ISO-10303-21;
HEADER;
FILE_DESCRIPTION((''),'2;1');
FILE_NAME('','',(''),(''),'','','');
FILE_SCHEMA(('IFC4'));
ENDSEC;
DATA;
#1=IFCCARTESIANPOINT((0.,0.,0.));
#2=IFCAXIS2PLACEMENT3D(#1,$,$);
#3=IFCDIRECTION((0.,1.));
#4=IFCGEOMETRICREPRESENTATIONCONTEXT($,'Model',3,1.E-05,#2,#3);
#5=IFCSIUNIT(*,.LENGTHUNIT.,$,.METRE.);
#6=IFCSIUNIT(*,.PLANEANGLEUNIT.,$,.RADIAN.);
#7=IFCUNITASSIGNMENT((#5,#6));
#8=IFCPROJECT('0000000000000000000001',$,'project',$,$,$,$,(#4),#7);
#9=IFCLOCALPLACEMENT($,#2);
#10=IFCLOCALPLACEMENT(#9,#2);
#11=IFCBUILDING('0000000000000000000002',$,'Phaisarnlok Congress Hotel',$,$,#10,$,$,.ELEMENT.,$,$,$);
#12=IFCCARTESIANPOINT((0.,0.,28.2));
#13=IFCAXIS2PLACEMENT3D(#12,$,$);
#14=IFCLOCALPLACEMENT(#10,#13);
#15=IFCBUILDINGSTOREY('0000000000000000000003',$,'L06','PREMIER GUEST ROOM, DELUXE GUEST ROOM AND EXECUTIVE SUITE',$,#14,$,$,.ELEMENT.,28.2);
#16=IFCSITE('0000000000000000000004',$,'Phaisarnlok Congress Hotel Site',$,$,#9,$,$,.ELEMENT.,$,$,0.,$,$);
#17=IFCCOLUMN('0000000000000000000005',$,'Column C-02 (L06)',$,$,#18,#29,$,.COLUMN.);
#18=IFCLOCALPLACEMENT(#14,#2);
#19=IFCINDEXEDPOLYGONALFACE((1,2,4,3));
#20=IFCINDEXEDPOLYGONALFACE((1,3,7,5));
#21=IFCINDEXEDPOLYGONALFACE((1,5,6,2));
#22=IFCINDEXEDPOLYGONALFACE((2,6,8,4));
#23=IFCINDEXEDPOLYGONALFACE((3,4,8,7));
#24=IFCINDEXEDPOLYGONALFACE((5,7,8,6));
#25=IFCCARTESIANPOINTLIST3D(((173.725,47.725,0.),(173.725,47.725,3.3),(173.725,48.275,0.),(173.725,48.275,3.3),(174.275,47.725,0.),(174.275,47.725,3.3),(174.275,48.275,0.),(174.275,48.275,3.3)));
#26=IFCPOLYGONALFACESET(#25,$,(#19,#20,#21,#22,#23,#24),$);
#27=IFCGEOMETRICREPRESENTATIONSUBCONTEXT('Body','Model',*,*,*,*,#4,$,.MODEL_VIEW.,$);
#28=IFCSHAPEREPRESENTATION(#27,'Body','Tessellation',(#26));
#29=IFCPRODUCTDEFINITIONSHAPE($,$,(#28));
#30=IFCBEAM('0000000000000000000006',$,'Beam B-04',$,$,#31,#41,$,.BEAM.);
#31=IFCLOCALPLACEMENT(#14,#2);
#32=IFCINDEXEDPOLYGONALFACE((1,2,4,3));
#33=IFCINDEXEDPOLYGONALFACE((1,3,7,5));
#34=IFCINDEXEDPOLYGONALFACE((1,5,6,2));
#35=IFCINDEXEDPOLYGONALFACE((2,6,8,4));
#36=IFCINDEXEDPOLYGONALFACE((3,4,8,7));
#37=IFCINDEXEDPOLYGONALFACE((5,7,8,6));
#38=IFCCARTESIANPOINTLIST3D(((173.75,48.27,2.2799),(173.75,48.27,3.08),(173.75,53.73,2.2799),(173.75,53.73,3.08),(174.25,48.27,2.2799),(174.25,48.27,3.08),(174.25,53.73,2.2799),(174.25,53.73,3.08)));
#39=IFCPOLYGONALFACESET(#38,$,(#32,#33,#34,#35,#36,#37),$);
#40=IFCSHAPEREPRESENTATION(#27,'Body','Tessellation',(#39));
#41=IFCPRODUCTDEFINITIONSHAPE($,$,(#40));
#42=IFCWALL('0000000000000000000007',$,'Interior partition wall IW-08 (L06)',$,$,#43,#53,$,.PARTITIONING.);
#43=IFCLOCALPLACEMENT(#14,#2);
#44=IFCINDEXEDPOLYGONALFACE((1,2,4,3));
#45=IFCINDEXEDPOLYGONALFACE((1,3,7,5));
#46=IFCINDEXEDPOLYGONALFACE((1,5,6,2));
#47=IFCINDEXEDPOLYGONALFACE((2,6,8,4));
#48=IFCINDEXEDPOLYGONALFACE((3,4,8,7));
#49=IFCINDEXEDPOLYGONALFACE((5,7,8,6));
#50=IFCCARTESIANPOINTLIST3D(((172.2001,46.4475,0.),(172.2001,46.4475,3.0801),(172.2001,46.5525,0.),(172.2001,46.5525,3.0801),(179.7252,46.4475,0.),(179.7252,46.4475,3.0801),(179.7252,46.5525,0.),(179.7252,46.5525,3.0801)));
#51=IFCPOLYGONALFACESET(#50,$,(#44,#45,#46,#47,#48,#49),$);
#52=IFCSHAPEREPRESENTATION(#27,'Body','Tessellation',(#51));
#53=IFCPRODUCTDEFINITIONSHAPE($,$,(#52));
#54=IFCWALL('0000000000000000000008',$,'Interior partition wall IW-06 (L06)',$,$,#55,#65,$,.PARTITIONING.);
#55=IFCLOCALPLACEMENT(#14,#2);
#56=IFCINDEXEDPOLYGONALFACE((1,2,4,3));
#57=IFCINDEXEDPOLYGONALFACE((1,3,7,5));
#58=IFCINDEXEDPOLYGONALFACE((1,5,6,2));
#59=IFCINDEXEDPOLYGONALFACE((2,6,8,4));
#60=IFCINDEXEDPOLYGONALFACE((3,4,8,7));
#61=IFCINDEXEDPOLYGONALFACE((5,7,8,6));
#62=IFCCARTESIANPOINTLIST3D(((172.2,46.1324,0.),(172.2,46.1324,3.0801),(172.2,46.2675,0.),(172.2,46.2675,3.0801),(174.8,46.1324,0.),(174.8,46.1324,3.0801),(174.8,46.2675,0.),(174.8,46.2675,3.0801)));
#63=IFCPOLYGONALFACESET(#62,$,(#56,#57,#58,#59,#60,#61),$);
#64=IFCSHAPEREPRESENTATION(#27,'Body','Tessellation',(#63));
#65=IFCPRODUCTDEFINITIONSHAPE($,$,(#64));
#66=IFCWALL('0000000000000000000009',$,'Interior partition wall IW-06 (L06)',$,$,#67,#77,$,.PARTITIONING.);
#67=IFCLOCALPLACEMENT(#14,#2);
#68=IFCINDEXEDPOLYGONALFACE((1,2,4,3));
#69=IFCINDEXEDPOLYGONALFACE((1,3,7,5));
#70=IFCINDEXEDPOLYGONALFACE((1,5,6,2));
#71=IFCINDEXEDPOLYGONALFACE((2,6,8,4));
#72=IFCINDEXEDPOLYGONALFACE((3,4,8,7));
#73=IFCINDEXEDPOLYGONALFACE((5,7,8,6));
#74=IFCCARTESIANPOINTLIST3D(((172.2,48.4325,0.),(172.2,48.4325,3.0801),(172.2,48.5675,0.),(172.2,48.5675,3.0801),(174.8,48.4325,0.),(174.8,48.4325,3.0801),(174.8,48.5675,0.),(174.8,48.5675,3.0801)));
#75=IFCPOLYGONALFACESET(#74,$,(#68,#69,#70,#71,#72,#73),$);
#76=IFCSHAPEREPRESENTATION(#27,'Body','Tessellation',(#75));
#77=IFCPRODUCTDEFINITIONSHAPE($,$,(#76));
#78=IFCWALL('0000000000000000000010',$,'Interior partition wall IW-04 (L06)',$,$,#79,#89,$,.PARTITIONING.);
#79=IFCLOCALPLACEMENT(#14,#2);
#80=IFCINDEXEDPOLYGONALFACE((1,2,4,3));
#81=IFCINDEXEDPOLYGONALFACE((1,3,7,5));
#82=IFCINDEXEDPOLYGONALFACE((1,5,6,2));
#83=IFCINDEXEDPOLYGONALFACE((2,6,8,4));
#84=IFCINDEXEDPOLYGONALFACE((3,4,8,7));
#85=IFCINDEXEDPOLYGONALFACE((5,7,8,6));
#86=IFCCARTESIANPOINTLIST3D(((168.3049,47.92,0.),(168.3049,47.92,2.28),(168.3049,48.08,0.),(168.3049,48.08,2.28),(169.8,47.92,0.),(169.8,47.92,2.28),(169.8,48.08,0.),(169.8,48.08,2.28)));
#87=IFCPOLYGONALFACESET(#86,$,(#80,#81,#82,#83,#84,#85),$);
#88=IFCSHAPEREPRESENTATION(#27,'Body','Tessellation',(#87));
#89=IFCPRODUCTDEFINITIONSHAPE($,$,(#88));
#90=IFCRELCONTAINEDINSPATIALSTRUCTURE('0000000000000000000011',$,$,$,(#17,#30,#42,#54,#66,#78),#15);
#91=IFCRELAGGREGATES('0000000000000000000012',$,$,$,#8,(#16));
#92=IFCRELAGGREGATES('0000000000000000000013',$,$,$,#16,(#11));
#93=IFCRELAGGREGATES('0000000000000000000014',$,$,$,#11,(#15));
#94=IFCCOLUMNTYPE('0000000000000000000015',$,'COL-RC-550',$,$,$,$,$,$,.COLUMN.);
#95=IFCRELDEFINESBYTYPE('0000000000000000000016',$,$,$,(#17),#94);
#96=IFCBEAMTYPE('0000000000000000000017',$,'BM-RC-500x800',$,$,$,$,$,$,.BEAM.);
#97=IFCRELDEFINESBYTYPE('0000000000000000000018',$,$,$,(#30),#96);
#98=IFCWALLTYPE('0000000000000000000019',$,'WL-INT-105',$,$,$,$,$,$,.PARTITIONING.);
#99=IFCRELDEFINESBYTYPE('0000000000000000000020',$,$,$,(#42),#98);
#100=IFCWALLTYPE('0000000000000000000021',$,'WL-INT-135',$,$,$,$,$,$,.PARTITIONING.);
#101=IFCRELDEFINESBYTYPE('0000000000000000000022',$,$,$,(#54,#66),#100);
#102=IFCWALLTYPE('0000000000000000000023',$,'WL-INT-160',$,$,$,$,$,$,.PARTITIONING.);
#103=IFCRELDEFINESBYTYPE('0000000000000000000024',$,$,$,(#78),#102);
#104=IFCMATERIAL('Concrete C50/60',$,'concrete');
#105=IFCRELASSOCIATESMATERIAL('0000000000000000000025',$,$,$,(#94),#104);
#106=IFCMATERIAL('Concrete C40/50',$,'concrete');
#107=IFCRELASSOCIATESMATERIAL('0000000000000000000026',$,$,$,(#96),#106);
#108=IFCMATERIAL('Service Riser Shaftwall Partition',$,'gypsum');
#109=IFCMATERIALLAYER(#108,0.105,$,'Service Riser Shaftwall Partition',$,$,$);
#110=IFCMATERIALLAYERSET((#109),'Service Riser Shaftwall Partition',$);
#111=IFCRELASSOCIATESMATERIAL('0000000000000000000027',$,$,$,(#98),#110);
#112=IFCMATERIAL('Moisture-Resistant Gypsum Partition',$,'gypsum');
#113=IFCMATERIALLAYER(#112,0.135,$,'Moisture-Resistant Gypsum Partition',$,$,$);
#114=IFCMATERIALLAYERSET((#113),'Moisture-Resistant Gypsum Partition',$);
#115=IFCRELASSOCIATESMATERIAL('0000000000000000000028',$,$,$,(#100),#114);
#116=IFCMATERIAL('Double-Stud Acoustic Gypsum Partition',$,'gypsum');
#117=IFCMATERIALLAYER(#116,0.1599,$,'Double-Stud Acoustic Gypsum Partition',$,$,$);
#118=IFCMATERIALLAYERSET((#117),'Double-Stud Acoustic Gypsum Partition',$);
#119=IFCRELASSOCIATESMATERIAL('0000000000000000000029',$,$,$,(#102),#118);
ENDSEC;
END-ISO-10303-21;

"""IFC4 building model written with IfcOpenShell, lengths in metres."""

from ifc_helpers import new_model, si_unit, direction, frame, frame_2d, origin, origin_2d, place, context, subcontext, project, spatial, rectangle, extrude, material, layer, layer_set, material_profile, profile_set, type_object, element, save


model = new_model("IFC4")

# Units and contexts
model_context = context("Model", 3, precision=1e-05, world=origin(), true_north=direction((0.0, 1.0)))
body_context = subcontext(model_context, "Body", "Model", "MODEL_VIEW")
ifc_project = project(units=[si_unit("LENGTHUNIT", "METRE"), si_unit("PLANEANGLEUNIT", "RADIAN")], contexts=[model_context])

# Site, building, storey
site_placement = place(None, origin())
site = spatial("IfcSite", under=ifc_project, at=site_placement, Name="Phaisarnlok Congress Hotel Site", CompositionType="ELEMENT", RefElevation=0.0)
building_placement = place(site_placement, origin())
building = spatial("IfcBuilding", under=site, at=building_placement, Name="Phaisarnlok Congress Hotel", CompositionType="ELEMENT")
storey_placement = place(building_placement, frame((0.0, 0.0, 28.2)))
storey = spatial("IfcBuildingStorey", under=building, at=storey_placement, Name="L06", Description="PREMIER GUEST ROOM, DELUXE GUEST ROOM AND EXECUTIVE SUITE", CompositionType="ELEMENT", Elevation=28.2)

# Column
ifc_material_1 = material(Name="Concrete C50/60", Category="concrete")
ifc_material_profile_1 = material_profile(ifc_material_1, rectangle(XDim=0.55, YDim=0.55, at=origin_2d()), Name="RC 550x550")
ifc_profile_set_1 = profile_set([ifc_material_profile_1], Name="Concrete C50/60")
column_type = type_object("IfcColumnType", Name="COL-RC-550", PredefinedType="COLUMN", material=ifc_profile_set_1)
column_placement = place(storey_placement, frame((174.0, 48.0, 0.0), z_axis=(0.0, 0.0, 1.0), x_axis=(1.0, 0.0, 0.0)))
element("IfcColumn", 1, at=column_placement, inside=storey, type_object=column_type, Name="Column C-02 (L06)", PredefinedType="COLUMN", context=body_context, shape_type="SweptSolid", body=[
    extrude(rectangle(XDim=0.55, YDim=0.55, at=origin_2d()), origin(), (0.0, 0.0, 1.0), 3.3),
])

# Beam
ifc_material_2 = material(Name="Concrete C40/50", Category="concrete")
ifc_material_profile_2 = material_profile(ifc_material_2, rectangle(XDim=0.5, YDim=0.8, at=origin_2d()), Name="RC 500x800")
ifc_profile_set_2 = profile_set([ifc_material_profile_2], Name="Concrete C40/50")
beam_type = type_object("IfcBeamType", Name="BM-RC-500x800", PredefinedType="BEAM", material=ifc_profile_set_2)
beam_placement = place(storey_placement, frame((174.0, 48.27, 2.6799), z_axis=(0.0, 1.0, 0.0), x_axis=(-1.0, 0.0, 0.0)))
element("IfcBeam", 2, at=beam_placement, inside=storey, type_object=beam_type, Name="Beam B-04", PredefinedType="BEAM", context=body_context, shape_type="SweptSolid", body=[
    extrude(rectangle(XDim=0.5, YDim=0.8, at=origin_2d()), origin(), (0.0, 0.0, 1.0), 5.46),
])

# Walls
ifc_material_3 = material(Name="Service Riser Shaftwall Partition", Category="gypsum")
ifc_layer_1 = layer(ifc_material_3, 0.105, Name="Service Riser Shaftwall Partition")
ifc_layer_set_1 = layer_set([ifc_layer_1], Name="Service Riser Shaftwall Partition")
wall_type_1 = type_object("IfcWallType", Name="WL-INT-105", PredefinedType="PARTITIONING", material=ifc_layer_set_1)
wall_1_placement = place(storey_placement, frame((172.2, 46.5, 0.0), z_axis=(0.0, 0.0, 1.0), x_axis=(1.0, 0.0, 0.0)))
element("IfcWall", 3, at=wall_1_placement, inside=storey, type_object=wall_type_1, Name="Interior partition wall IW-08 (L06)", PredefinedType="PARTITIONING", context=body_context, shape_type="SweptSolid", body=[
    extrude(rectangle(XDim=7.5251, YDim=0.105, at=frame_2d((3.7627, 0.0))), origin(), (0.0, 0.0, 1.0), 3.0801),
])
ifc_material_4 = material(Name="Moisture-Resistant Gypsum Partition", Category="gypsum")
ifc_layer_2 = layer(ifc_material_4, 0.135, Name="Moisture-Resistant Gypsum Partition")
ifc_layer_set_2 = layer_set([ifc_layer_2], Name="Moisture-Resistant Gypsum Partition")
wall_type_2 = type_object("IfcWallType", Name="WL-INT-135", PredefinedType="PARTITIONING", material=ifc_layer_set_2)
for number, where, z_axis, x_axis, name in (
    (4, (172.2, 46.2, 0.0), (0.0, 0.0, 1.0), (1.0, 0.0, 0.0), "Interior partition wall IW-06 (L06)"),
    (5, (172.2, 48.5, 0.0), (0.0, 0.0, 1.0), (1.0, 0.0, 0.0), "Interior partition wall IW-06 (L06)"),
):
    element("IfcWall", number, at=place(storey_placement, frame(where, z_axis=z_axis, x_axis=x_axis)), inside=storey, type_object=wall_type_2, Name=name, PredefinedType="PARTITIONING", context=body_context, shape_type="SweptSolid", body=[
        extrude(rectangle(XDim=2.6001, YDim=0.135, at=frame_2d((1.3, 0.0))), origin(), (0.0, 0.0, 1.0), 3.0801),
    ])
ifc_material_5 = material(Name="Double-Stud Acoustic Gypsum Partition", Category="gypsum")
ifc_layer_3 = layer(ifc_material_5, 0.1599, Name="Double-Stud Acoustic Gypsum Partition")
ifc_layer_set_3 = layer_set([ifc_layer_3], Name="Double-Stud Acoustic Gypsum Partition")
wall_type_3 = type_object("IfcWallType", Name="WL-INT-160", PredefinedType="PARTITIONING", material=ifc_layer_set_3)
wall_2_placement = place(storey_placement, frame((168.3049, 48.0, 0.0), z_axis=(0.0, 0.0, 1.0), x_axis=(1.0, 0.0, 0.0)))
element("IfcWall", 6, at=wall_2_placement, inside=storey, type_object=wall_type_3, Name="Interior partition wall IW-04 (L06)", PredefinedType="PARTITIONING", context=body_context, shape_type="SweptSolid", body=[
    extrude(rectangle(XDim=1.4951, YDim=0.1599, at=frame_2d((0.7476, 0.0))), origin(), (0.0, 0.0, 1.0), 2.28),
])

save(model, "model.ifc")
